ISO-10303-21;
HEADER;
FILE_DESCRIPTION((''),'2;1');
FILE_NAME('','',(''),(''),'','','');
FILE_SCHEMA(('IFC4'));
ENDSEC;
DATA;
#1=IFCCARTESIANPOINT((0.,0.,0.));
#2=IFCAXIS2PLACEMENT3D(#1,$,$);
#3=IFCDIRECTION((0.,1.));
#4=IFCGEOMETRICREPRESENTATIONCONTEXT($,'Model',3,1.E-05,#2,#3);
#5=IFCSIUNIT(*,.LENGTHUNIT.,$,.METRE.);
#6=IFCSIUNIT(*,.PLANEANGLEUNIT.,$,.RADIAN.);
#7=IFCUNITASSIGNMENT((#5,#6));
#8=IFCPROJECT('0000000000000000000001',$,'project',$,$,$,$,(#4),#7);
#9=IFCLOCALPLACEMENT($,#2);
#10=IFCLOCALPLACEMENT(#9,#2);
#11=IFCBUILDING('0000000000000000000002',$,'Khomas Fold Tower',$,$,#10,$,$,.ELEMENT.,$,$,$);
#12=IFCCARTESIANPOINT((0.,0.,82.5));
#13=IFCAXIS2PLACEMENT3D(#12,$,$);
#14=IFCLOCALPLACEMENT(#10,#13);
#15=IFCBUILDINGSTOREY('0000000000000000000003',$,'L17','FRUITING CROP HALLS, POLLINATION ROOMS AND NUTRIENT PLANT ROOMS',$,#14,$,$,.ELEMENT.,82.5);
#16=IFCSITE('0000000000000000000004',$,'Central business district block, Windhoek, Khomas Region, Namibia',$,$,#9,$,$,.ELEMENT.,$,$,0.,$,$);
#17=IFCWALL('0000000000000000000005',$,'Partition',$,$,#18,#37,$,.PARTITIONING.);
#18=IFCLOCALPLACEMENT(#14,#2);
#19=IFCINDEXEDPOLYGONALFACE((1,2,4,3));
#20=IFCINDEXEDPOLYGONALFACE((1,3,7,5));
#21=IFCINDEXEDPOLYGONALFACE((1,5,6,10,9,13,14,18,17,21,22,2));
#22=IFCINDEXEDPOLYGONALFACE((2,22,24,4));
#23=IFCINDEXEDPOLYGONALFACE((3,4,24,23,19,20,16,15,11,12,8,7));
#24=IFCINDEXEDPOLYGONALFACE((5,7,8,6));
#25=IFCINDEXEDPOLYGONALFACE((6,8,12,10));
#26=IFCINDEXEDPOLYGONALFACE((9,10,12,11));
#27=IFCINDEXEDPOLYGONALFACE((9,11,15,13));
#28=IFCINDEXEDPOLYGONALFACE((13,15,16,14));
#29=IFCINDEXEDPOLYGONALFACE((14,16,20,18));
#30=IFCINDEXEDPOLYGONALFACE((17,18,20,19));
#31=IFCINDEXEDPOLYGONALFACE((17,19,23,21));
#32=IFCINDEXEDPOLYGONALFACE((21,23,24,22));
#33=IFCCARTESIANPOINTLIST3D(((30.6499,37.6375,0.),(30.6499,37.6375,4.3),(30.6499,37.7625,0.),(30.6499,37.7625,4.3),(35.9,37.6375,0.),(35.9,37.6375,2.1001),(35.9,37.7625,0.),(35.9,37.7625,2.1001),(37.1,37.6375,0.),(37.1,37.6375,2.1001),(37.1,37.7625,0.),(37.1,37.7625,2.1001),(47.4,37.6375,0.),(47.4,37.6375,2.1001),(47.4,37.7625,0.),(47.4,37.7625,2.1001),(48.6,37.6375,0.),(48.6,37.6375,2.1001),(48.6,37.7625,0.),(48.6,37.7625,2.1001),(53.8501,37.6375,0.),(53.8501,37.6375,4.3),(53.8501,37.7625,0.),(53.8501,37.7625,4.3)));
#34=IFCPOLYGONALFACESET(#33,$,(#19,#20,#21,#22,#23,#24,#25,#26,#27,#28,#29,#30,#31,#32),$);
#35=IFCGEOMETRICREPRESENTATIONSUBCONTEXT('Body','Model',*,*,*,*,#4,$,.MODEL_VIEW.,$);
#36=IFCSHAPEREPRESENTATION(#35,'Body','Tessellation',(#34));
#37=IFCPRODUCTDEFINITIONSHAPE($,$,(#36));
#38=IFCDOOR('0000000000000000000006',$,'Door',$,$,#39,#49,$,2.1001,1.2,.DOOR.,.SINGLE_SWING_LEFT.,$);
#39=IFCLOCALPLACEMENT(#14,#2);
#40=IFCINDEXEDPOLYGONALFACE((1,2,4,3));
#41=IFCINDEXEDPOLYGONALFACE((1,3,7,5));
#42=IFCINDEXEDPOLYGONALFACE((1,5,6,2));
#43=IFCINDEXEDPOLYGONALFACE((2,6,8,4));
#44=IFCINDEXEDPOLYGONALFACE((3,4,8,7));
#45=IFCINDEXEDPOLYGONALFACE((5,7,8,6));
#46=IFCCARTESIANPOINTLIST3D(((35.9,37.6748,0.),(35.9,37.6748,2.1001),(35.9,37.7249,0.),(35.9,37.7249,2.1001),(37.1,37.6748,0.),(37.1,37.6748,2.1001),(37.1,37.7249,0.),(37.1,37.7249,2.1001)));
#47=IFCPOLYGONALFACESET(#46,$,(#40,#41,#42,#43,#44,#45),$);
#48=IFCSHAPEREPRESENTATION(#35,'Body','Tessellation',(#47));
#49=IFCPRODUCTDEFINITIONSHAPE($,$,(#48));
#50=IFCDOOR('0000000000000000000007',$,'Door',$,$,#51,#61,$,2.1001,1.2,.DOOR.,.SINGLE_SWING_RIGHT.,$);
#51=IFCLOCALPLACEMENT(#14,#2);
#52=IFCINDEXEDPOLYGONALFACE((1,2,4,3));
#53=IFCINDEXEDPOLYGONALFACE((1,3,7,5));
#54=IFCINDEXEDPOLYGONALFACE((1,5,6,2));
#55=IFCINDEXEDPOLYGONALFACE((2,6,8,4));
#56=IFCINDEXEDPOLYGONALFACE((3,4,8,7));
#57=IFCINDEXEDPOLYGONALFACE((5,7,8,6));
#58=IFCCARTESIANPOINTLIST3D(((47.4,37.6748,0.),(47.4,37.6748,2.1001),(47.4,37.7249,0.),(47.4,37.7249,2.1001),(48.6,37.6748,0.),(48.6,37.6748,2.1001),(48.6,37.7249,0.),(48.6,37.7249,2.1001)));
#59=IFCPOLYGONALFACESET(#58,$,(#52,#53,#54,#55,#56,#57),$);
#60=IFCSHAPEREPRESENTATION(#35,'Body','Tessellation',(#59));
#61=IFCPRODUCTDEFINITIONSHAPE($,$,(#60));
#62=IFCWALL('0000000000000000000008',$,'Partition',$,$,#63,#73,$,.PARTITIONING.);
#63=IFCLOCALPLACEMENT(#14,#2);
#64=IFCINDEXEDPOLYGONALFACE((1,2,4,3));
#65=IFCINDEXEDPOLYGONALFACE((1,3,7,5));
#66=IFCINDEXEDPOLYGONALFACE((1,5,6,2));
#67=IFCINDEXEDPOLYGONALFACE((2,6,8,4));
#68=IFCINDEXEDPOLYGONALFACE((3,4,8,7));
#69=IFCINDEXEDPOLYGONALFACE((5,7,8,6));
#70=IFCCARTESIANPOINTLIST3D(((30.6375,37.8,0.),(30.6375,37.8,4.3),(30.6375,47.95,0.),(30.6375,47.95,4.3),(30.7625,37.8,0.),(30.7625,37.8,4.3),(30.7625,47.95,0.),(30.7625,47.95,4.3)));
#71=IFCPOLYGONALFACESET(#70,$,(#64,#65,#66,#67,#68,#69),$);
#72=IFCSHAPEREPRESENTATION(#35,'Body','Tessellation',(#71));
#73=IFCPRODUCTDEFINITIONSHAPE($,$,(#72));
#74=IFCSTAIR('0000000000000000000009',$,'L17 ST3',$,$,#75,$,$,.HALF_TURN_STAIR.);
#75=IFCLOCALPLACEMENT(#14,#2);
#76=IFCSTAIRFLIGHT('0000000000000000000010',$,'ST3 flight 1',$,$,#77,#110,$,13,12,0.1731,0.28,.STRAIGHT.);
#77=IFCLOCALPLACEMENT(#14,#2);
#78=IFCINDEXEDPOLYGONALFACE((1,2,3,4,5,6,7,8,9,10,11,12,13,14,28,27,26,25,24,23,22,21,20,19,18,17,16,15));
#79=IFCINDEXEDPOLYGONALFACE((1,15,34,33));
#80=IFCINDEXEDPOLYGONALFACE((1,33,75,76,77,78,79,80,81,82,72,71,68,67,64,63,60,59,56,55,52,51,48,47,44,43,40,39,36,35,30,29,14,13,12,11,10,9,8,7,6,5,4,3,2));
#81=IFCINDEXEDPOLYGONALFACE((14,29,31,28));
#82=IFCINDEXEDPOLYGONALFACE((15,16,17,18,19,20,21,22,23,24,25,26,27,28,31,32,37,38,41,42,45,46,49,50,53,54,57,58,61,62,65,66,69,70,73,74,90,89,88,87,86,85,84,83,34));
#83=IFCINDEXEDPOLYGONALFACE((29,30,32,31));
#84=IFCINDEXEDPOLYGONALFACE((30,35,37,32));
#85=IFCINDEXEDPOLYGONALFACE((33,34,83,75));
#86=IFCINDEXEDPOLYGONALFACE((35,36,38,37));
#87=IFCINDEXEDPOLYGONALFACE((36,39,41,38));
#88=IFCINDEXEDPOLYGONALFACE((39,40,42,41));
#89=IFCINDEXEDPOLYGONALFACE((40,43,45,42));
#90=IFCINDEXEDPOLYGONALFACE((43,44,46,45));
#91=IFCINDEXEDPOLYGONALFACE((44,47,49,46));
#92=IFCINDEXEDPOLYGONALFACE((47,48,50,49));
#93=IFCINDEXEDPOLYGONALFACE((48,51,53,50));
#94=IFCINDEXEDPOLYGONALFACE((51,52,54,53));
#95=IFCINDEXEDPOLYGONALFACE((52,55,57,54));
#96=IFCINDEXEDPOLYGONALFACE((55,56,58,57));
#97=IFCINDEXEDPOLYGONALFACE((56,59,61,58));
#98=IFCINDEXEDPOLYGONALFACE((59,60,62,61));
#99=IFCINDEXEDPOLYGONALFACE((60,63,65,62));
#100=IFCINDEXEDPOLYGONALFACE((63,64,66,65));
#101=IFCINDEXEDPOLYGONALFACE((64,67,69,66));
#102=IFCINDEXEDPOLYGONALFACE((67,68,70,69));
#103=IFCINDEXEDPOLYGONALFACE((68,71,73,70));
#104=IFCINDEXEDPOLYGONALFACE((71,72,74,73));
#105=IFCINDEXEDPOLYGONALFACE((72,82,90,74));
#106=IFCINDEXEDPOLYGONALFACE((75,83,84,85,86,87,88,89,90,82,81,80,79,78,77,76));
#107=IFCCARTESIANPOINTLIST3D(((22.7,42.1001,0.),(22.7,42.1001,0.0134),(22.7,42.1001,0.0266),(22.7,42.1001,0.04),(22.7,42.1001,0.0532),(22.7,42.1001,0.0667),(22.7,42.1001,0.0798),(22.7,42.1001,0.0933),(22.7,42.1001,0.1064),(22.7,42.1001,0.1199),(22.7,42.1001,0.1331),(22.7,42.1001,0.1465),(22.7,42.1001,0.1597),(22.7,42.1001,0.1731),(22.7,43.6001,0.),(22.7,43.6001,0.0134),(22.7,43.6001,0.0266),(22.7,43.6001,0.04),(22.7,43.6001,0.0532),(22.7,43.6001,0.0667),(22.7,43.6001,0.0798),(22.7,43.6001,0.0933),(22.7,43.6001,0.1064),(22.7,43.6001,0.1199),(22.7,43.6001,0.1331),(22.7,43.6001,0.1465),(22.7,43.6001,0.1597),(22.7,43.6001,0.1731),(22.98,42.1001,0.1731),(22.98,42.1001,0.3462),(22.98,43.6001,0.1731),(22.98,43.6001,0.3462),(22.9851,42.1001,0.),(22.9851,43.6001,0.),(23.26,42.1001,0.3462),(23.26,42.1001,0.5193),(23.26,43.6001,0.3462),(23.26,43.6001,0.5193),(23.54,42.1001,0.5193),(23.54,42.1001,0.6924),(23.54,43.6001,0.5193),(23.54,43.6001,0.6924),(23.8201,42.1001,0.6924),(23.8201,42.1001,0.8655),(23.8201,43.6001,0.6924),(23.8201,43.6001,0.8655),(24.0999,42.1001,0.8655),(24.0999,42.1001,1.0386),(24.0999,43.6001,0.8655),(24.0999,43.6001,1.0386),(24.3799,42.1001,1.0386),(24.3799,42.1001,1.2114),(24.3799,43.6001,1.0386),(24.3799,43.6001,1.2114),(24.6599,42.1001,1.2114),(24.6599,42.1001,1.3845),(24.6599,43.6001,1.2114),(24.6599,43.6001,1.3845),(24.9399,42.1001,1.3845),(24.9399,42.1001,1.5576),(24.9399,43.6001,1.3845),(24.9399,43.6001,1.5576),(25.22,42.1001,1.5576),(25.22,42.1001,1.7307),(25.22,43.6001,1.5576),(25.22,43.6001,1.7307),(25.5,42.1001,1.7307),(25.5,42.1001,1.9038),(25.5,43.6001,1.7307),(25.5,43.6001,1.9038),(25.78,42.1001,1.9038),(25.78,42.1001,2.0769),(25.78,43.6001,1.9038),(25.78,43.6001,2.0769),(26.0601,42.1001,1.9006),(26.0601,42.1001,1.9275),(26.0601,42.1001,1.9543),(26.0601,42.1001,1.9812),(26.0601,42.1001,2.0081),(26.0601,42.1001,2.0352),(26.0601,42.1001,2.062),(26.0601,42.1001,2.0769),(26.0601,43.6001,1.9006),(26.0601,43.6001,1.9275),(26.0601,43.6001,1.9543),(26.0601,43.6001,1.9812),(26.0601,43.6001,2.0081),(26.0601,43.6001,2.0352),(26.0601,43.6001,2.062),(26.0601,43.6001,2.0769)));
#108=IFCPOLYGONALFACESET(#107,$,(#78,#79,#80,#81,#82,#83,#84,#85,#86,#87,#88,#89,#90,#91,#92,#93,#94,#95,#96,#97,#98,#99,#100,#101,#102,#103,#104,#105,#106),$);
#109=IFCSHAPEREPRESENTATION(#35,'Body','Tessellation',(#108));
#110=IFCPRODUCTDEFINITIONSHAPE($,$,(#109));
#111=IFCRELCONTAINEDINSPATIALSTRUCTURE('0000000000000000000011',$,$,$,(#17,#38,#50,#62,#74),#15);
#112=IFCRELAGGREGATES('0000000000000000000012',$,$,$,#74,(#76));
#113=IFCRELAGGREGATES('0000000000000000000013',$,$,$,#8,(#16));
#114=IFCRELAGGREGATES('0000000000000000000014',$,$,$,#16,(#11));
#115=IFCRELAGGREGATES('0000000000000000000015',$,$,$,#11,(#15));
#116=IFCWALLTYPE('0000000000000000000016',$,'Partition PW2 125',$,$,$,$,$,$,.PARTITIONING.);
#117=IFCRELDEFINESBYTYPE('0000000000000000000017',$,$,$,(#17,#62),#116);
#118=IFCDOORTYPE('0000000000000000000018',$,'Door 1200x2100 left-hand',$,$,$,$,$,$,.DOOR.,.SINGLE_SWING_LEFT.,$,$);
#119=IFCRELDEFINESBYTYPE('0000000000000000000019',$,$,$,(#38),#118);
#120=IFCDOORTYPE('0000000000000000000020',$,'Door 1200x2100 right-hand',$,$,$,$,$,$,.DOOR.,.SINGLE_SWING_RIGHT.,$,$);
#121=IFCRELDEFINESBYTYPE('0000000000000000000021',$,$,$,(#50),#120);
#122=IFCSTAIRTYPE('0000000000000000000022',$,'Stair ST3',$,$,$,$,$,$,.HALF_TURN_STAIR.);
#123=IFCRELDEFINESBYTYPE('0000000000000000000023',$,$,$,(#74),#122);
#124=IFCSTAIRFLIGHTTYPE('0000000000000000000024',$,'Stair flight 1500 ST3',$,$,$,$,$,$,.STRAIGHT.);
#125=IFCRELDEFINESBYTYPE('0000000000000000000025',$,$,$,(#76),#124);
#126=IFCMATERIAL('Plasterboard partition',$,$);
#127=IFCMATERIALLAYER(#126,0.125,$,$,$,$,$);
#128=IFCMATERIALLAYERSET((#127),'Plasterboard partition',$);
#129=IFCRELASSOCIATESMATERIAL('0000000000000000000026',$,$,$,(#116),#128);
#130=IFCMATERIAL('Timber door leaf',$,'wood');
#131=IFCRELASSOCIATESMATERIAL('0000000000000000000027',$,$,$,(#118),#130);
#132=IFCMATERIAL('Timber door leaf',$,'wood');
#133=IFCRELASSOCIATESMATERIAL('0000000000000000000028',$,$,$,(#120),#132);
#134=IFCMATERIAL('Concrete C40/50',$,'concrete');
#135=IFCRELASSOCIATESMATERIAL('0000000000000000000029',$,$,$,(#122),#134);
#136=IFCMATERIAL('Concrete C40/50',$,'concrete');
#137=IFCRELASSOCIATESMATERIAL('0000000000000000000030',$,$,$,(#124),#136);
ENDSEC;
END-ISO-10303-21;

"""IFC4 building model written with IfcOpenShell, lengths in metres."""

from ifc_helpers import new_model, si_unit, direction, frame, frame_2d, origin, place, context, subcontext, project, spatial, polyline, rectangle, outline, extrude, source, transform, mapped, material, layer, layer_set, type_object, element, fill, aggregate, save


model = new_model("IFC4")

# Units and contexts
model_context = context("Model", 3, precision=1e-05, world=origin(), true_north=direction((0.0, 1.0)))
body_context = subcontext(model_context, "Body", "Model", "MODEL_VIEW")
ifc_project = project(units=[si_unit("LENGTHUNIT", "METRE"), si_unit("PLANEANGLEUNIT", "RADIAN")], contexts=[model_context])

# Site, building, storey
site_placement = place(None, origin())
site = spatial("IfcSite", under=ifc_project, at=site_placement, Name="Central business district block, Windhoek, Khomas Region, Namibia", CompositionType="ELEMENT", RefElevation=0.0)
building_placement = place(site_placement, origin())
building = spatial("IfcBuilding", under=site, at=building_placement, Name="Khomas Fold Tower", CompositionType="ELEMENT")
storey_placement = place(building_placement, frame((0.0, 0.0, 82.5)))
storey = spatial("IfcBuildingStorey", under=building, at=storey_placement, Name="L17", Description="FRUITING CROP HALLS, POLLINATION ROOMS AND NUTRIENT PLANT ROOMS", CompositionType="ELEMENT", Elevation=82.5)

# Shared definitions
ifc_material_1 = material(Name="Plasterboard partition")
ifc_layer_1 = layer(ifc_material_1, 0.125)
ifc_layer_set_1 = layer_set([ifc_layer_1], Name="Plasterboard partition")
wall_type_1 = type_object("IfcWallType", Name="Partition PW2 125", PredefinedType="PARTITIONING", material=ifc_layer_set_1)
shared_shape_1 = source(origin(), body_context, "Body", "SweptSolid", [
    extrude(rectangle(XDim=1.2, YDim=2.1001, at=frame_2d((0.6001, 1.05))), frame((0.0, 0.0725, 0.0), z_axis=(0.0, -1.0, 0.0), x_axis=(1.0, 0.0, 0.0)), (0.0, 0.0, 1.0), 0.145),
])
ifc_material_2 = material(Name="Timber door leaf", Category="wood")
door_type_1 = type_object("IfcDoorType", Name="Door 1200x2100 left-hand", OperationType="SINGLE_SWING_LEFT", PredefinedType="DOOR", material=ifc_material_2)
shared_shape_2 = source(origin(), body_context, "Body", "SweptSolid", [
    extrude(rectangle(XDim=1.2, YDim=2.1001, at=frame_2d((0.6001, 1.05))), frame((0.0, 0.0249, 0.0), z_axis=(0.0, -1.0, 0.0), x_axis=(1.0, 0.0, 0.0)), (0.0, 0.0, 1.0), 0.05),
])

# Wall, openings, doors
shared_shape_3 = source(origin(), body_context, "Body", "SweptSolid", [
    extrude(rectangle(XDim=23.2002, YDim=0.125, at=frame_2d((11.6001, 0.0))), origin(), (0.0, 0.0, 1.0), 4.3),
])
wall_1_placement = place(storey_placement, frame((30.6499, 37.7, 0.0), z_axis=(0.0, 0.0, 1.0), x_axis=(1.0, 0.0, 0.0)))
wall_1 = element("IfcWall", 1, at=wall_1_placement, inside=storey, type_object=wall_type_1, Name="Partition", PredefinedType="PARTITIONING", context=body_context, shape_type="MappedRepresentation", body=[
    mapped(shared_shape_3, transform((0.0, 0.0, 0.0))),
])
opening_1_placement = place(wall_1_placement, frame((5.25, 0.0, 0.0)))
opening_1 = element("IfcOpeningElement", 2, at=opening_1_placement, cuts=wall_1, PredefinedType="OPENING", context=body_context, shape_type="MappedRepresentation", body=[
    mapped(shared_shape_1, transform((0.0, 0.0, 0.0))),
])
opening_2_placement = place(wall_1_placement, frame((16.75, 0.0, 0.0)))
opening_2 = element("IfcOpeningElement", 3, at=opening_2_placement, cuts=wall_1, PredefinedType="OPENING", context=body_context, shape_type="MappedRepresentation", body=[
    mapped(shared_shape_1, transform((0.0, 0.0, 0.0))),
])
door_1_placement = place(opening_1_placement, origin())
door_1 = element("IfcDoor", 4, at=door_1_placement, inside=storey, type_object=door_type_1, Name="Door", OperationType="SINGLE_SWING_LEFT", OverallHeight=2.1001, OverallWidth=1.2, PredefinedType="DOOR", context=body_context, shape_type="MappedRepresentation", body=[
    mapped(shared_shape_2, transform((0.0, 0.0, 0.0))),
])
fill(opening_1, door_1)
ifc_material_3 = material(Name="Timber door leaf", Category="wood")
door_type_2 = type_object("IfcDoorType", Name="Door 1200x2100 right-hand", OperationType="SINGLE_SWING_RIGHT", PredefinedType="DOOR", material=ifc_material_3)
door_2_placement = place(opening_2_placement, origin())
door_2 = element("IfcDoor", 5, at=door_2_placement, inside=storey, type_object=door_type_2, Name="Door", OperationType="SINGLE_SWING_RIGHT", OverallHeight=2.1001, OverallWidth=1.2, PredefinedType="DOOR", context=body_context, shape_type="MappedRepresentation", body=[
    mapped(shared_shape_2, transform((0.0, 0.0, 0.0))),
])
fill(opening_2, door_2)

# Wall
shared_shape_4 = source(origin(), body_context, "Body", "SweptSolid", [
    extrude(rectangle(XDim=10.1499, YDim=0.125, at=frame_2d((5.075, 0.0))), origin(), (0.0, 0.0, 1.0), 4.3),
])
wall_2_placement = place(storey_placement, frame((30.7, 37.8, 0.0), z_axis=(0.0, 0.0, 1.0), x_axis=(0.0, 1.0, 0.0)))
element("IfcWall", 6, at=wall_2_placement, inside=storey, type_object=wall_type_1, Name="Partition", PredefinedType="PARTITIONING", context=body_context, shape_type="MappedRepresentation", body=[
    mapped(shared_shape_4, transform((0.0, 0.0, 0.0))),
])

# Stair, stair flight
ifc_material_4 = material(Name="Concrete C40/50", Category="concrete")
stair_type = type_object("IfcStairType", Name="Stair ST3", PredefinedType="HALF_TURN_STAIR", material=ifc_material_4)
stair_placement = place(storey_placement, origin())
stair = element("IfcStair", 7, at=stair_placement, inside=storey, type_object=stair_type, Name="L17 ST3", PredefinedType="HALF_TURN_STAIR")
ifc_material_5 = material(Name="Concrete C40/50", Category="concrete")
stair_flight_type = type_object("IfcStairFlightType", Name="Stair flight 1500 ST3", PredefinedType="STRAIGHT", material=ifc_material_5)
shared_shape_5 = source(origin(), body_context, "Body", "SweptSolid", [
    extrude(outline(polyline([(0.0, 0.0), (0.0, 0.0134), (0.0, 0.0266), (0.0, 0.04), (0.0, 0.0532), (0.0, 0.0667), (0.0, 0.0798), (0.0, 0.0933), (0.0, 0.1064), (0.0, 0.1199), (0.0, 0.1331), (0.0, 0.1465), (0.0, 0.1597), (0.0, 0.1731), (0.28, 0.1731), (0.28, 0.3462), (0.5601, 0.3462), (0.5601, 0.5193), (0.8401, 0.5193), (0.8401, 0.6924), (1.1201, 0.6924), (1.1201, 0.8655), (1.3999, 0.8655), (1.3999, 1.0386), (1.6799, 1.0386), (1.6799, 1.2114), (1.96, 1.2114), (1.96, 1.3845), (2.24, 1.3845), (2.24, 1.5576), (2.52, 1.5576), (2.52, 1.7307), (2.8, 1.7307), (2.8, 1.9038), (3.0801, 1.9038), (3.0801, 2.0769), (3.3601, 2.0769), (3.3601, 2.25), (3.3601, 2.2231), (3.3601, 2.1963), (3.3601, 2.1694), (3.3601, 2.1426), (3.3601, 2.1157), (3.3601, 2.0889), (3.3601, 2.062), (3.3601, 2.0352), (3.3601, 2.0081), (3.3601, 1.9812), (3.3601, 1.9543), (3.3601, 1.9275), (3.3601, 1.9006), (0.2852, 0.0), (0.0, 0.0)])), frame((0.0, 0.75, 0.0), z_axis=(0.0, -1.0, 0.0), x_axis=(1.0, 0.0, 0.0)), (0.0, 0.0, 1.0), 1.5),
])
stair_flight_placement = place(storey_placement, frame((22.7, 42.8501, 0.0), z_axis=(0.0, 0.0, 1.0), x_axis=(1.0, 0.0, 0.0)))
stair_flight = element("IfcStairFlight", 8, at=stair_flight_placement, type_object=stair_flight_type, Name="ST3 flight 1", NumberOfRisers=13, NumberOfTreads=12, PredefinedType="STRAIGHT", RiserHeight=0.1731, TreadLength=0.28, context=body_context, shape_type="MappedRepresentation", body=[
    mapped(shared_shape_5, transform((0.0, 0.0, 0.0))),
])
aggregate(stair, [stair_flight])

save(model, "model.ifc")
